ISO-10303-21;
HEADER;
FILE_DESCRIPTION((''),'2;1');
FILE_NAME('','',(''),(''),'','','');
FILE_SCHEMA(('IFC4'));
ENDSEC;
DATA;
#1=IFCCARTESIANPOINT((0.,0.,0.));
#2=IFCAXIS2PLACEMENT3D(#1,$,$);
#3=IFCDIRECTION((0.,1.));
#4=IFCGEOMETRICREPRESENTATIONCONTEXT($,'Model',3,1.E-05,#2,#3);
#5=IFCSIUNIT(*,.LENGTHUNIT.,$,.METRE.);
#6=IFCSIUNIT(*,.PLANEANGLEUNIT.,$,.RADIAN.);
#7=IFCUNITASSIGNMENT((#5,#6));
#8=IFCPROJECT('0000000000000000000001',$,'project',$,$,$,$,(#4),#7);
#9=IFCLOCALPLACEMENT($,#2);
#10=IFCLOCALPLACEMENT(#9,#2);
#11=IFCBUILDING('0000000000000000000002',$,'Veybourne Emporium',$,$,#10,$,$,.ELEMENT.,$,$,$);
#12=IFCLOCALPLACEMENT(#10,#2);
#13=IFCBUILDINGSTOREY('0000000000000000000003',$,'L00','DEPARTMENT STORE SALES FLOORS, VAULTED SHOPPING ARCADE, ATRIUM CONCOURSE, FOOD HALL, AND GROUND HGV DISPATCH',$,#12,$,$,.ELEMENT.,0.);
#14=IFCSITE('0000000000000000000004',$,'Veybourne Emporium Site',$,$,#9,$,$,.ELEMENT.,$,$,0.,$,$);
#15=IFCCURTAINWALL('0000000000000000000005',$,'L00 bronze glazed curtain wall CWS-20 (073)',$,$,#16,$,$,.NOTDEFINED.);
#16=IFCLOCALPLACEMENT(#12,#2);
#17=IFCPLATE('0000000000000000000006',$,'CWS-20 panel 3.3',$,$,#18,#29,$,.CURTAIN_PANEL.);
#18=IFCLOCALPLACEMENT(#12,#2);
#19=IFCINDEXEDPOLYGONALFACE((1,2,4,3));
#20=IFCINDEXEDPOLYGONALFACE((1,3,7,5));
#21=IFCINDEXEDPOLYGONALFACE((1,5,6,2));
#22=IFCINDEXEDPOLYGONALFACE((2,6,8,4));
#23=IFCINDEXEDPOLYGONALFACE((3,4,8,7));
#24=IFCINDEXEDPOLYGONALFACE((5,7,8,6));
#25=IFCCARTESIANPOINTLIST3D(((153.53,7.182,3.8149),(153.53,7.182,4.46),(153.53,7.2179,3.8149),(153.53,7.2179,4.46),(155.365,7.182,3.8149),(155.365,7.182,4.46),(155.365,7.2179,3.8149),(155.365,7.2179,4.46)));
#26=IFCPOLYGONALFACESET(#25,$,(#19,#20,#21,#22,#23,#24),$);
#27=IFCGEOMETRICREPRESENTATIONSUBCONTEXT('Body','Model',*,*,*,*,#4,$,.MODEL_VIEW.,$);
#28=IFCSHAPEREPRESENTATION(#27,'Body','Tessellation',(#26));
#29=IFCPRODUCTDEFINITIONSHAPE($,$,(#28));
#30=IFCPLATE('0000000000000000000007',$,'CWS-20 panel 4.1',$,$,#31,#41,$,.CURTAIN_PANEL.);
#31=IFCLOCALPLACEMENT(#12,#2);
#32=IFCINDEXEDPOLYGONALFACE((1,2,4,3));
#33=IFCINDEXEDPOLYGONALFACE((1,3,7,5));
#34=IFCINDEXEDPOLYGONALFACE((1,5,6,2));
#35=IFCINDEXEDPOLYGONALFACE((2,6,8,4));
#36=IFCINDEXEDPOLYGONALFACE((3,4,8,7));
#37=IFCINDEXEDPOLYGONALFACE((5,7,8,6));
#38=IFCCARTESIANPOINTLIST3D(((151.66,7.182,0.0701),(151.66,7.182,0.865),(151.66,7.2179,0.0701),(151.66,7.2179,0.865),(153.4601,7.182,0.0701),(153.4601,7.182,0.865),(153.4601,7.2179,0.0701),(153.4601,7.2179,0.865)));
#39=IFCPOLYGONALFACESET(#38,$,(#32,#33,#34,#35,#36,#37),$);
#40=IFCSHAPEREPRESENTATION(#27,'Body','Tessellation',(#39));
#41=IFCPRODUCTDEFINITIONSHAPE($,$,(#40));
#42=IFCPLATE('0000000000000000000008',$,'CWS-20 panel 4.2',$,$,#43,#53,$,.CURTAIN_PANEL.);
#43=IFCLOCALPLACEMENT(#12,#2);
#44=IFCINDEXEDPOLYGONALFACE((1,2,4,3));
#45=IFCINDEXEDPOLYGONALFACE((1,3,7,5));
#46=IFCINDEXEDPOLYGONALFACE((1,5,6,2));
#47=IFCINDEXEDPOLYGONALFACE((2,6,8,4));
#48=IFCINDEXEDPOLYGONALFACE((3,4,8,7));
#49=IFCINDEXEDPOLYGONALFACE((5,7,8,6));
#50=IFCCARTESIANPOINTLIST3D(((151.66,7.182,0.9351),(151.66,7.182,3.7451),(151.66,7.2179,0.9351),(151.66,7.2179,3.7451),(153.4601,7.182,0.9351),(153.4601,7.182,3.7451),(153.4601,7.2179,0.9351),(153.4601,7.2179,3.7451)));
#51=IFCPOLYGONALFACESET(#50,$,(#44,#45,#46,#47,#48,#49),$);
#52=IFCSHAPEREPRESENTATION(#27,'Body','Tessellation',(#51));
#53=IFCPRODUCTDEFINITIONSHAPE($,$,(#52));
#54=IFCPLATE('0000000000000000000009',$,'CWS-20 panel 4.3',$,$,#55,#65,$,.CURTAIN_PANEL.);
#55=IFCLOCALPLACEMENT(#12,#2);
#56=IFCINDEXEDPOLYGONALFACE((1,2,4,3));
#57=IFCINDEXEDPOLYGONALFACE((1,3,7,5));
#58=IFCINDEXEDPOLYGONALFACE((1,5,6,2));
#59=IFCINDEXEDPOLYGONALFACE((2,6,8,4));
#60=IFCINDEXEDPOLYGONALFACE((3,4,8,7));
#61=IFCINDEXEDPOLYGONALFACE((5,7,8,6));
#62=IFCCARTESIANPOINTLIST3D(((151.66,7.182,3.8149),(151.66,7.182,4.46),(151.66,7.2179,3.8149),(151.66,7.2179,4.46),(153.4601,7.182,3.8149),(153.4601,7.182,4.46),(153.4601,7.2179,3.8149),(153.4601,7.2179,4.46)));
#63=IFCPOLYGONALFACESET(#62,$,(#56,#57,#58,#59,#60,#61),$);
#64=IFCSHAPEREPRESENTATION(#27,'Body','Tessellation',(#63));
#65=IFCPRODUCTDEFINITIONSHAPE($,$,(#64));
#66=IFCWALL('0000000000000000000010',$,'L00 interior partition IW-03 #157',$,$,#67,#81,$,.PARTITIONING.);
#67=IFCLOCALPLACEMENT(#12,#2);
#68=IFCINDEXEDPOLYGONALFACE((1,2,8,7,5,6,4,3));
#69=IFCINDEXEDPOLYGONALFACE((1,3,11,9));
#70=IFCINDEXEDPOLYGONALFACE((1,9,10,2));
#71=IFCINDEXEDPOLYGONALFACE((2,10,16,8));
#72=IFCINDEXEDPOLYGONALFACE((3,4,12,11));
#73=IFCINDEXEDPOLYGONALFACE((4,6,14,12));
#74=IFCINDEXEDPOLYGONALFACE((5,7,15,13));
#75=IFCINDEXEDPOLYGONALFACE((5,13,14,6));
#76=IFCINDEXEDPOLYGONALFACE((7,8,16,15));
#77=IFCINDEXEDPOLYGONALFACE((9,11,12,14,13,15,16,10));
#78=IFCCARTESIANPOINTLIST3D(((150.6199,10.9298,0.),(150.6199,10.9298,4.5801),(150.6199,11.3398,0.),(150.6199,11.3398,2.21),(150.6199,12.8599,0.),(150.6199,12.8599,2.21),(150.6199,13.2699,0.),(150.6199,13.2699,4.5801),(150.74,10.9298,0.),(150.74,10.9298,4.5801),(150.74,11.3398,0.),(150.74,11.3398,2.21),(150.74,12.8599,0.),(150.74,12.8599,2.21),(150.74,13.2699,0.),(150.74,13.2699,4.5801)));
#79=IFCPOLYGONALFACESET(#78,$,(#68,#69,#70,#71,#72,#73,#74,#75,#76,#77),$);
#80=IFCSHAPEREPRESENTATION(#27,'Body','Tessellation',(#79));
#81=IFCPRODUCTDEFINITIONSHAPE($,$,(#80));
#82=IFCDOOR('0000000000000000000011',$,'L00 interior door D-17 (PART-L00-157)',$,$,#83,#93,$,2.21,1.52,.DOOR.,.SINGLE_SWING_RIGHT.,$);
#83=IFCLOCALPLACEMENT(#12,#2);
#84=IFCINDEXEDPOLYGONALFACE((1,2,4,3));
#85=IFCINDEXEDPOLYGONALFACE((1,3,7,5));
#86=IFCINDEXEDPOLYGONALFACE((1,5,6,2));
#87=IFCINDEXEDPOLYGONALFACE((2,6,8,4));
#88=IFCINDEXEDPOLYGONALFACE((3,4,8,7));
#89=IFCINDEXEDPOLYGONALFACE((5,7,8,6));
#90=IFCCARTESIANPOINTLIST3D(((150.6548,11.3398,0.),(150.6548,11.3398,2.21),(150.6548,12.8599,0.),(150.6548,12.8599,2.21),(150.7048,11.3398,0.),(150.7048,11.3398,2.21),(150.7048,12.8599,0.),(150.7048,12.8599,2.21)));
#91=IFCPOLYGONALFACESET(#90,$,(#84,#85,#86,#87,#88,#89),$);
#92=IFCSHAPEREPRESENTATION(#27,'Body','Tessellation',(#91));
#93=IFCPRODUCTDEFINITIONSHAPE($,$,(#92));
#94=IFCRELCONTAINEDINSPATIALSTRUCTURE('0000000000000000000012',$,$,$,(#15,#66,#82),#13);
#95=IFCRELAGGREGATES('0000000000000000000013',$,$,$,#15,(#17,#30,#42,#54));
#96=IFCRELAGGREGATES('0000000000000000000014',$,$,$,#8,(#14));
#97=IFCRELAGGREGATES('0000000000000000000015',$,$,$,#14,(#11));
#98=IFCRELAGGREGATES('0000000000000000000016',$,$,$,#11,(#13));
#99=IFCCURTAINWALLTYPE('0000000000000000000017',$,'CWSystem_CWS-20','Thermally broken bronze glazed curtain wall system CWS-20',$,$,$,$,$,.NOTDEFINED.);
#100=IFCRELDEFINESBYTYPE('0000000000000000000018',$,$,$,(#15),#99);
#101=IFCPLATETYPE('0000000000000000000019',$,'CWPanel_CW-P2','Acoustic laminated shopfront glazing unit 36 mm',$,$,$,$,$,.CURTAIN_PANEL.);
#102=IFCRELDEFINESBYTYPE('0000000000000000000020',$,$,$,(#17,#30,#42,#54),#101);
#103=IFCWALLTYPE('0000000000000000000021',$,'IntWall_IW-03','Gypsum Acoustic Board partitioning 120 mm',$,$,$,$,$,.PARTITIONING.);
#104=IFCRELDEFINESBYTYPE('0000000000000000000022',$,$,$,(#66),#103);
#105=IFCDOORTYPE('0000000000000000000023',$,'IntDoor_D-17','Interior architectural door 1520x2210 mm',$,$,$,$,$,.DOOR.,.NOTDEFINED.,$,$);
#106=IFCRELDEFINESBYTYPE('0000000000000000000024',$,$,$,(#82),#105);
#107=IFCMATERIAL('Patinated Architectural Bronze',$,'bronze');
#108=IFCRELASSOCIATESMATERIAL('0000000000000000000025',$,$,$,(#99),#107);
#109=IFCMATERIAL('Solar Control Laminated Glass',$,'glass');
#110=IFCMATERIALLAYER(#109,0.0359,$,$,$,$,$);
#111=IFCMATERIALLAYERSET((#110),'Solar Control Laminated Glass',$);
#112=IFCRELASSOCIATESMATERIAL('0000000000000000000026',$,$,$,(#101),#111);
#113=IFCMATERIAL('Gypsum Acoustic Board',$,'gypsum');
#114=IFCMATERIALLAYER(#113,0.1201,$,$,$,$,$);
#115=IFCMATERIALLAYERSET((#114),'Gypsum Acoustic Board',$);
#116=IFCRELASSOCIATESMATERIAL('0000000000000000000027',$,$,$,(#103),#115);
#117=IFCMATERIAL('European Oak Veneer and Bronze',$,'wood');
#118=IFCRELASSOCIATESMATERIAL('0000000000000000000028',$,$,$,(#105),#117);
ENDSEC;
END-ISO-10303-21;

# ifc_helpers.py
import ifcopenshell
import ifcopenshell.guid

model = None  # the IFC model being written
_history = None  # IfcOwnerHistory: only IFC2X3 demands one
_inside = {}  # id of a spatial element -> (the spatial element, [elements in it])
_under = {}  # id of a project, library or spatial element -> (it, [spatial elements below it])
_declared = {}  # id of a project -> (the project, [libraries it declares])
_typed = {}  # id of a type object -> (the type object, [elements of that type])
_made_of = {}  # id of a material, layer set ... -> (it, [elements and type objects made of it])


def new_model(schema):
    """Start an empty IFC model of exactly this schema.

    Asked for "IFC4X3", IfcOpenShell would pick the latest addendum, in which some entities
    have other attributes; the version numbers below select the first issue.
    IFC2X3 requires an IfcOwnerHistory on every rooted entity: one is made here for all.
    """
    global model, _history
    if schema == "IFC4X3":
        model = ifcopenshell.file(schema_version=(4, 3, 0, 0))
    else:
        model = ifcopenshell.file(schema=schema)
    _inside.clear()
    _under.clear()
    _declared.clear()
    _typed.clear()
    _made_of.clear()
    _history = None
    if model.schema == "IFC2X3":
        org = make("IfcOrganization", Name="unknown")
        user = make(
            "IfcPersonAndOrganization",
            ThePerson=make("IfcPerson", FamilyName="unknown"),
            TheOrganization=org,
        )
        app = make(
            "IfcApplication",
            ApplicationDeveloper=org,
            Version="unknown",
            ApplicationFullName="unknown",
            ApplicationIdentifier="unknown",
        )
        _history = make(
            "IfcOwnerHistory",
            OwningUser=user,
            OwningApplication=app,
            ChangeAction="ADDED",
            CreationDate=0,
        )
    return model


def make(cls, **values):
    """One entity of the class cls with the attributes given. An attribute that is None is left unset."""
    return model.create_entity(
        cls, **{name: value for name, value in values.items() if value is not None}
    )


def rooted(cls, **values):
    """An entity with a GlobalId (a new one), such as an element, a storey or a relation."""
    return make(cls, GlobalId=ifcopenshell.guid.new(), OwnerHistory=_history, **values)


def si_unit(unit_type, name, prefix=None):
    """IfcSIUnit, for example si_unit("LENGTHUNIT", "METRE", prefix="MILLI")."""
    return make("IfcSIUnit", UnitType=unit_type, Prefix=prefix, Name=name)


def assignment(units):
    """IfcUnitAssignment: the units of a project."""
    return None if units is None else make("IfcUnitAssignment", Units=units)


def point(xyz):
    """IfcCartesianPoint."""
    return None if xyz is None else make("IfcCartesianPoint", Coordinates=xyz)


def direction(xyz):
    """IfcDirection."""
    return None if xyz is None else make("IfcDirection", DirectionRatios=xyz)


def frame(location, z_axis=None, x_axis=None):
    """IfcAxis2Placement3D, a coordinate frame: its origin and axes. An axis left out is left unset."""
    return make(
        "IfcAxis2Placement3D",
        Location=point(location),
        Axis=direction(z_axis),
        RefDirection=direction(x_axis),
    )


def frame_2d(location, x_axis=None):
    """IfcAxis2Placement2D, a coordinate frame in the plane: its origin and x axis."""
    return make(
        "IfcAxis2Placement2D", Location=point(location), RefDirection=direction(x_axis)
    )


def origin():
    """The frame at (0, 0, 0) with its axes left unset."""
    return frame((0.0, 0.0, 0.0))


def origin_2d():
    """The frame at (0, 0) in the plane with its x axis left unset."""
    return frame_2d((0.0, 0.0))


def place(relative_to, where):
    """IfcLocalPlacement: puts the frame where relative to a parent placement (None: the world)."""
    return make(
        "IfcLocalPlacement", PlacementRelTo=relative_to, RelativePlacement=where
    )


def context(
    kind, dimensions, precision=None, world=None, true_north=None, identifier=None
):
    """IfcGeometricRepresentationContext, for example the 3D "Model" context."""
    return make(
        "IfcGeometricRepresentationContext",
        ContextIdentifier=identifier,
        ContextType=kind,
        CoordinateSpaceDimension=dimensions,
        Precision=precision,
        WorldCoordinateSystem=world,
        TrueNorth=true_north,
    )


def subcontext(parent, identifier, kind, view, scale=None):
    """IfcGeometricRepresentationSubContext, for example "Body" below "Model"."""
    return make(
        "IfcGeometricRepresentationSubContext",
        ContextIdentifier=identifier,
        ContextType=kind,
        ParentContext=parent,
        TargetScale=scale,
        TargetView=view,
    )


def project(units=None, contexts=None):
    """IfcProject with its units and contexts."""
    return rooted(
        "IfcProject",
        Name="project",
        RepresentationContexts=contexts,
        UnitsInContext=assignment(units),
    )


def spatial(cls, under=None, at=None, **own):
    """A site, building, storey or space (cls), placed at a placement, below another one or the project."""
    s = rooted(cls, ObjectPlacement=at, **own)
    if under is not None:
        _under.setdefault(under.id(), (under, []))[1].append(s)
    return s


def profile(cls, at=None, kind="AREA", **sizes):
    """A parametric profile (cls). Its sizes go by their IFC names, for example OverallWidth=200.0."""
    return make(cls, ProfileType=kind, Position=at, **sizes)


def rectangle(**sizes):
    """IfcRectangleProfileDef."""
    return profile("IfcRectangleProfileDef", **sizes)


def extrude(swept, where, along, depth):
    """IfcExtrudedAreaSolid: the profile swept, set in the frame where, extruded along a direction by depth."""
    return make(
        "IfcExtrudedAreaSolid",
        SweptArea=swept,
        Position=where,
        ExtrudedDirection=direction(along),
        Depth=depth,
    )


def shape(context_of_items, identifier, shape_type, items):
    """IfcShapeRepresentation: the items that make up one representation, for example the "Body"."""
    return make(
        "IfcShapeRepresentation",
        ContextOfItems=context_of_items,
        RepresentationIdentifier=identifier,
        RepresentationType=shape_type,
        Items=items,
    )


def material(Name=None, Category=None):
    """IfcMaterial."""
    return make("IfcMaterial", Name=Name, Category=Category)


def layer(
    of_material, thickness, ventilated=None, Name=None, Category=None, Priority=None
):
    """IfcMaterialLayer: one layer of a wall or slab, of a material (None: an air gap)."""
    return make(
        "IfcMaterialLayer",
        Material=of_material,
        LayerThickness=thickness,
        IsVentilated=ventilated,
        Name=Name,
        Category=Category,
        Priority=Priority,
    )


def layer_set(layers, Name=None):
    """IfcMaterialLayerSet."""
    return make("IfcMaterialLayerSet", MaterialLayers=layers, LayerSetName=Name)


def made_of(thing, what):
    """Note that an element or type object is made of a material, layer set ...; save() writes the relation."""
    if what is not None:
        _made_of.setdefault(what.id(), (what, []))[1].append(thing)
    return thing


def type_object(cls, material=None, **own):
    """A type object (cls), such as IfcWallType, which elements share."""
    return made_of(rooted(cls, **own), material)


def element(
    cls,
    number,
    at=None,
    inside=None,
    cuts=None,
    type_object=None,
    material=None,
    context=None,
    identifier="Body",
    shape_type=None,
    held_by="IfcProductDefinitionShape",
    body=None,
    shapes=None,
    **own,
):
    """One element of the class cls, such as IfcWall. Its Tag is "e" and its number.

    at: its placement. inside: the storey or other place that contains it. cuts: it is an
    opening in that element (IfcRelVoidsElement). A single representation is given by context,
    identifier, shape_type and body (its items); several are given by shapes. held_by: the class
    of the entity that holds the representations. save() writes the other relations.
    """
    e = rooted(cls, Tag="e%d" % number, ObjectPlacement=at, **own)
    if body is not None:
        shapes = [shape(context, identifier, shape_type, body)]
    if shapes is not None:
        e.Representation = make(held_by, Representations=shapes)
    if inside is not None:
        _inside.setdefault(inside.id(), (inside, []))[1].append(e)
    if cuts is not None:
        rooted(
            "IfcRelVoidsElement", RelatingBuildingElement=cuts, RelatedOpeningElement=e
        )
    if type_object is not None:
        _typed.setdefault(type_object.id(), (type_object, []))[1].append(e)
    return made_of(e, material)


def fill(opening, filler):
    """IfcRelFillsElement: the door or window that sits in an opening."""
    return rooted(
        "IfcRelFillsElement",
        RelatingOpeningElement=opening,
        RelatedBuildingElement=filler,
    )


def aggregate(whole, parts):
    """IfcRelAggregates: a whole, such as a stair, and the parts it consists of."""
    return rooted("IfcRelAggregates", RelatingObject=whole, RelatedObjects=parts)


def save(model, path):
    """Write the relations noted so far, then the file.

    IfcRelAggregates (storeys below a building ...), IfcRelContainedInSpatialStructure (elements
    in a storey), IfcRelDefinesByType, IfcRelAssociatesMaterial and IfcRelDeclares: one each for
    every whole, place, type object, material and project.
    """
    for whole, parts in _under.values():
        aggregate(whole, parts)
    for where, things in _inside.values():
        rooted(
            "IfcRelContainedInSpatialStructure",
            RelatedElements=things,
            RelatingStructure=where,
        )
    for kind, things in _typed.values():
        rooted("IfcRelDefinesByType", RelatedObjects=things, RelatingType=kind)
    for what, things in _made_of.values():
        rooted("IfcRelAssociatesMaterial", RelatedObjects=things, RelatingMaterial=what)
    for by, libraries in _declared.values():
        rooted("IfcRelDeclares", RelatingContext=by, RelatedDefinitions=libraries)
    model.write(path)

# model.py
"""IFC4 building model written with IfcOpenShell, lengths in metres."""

from ifc_helpers import new_model, si_unit, direction, frame, frame_2d, origin, origin_2d, place, context, subcontext, project, spatial, rectangle, extrude, material, layer, layer_set, type_object, element, fill, aggregate, save


model = new_model("IFC4")

# Units and contexts
model_context = context("Model", 3, precision=1e-05, world=origin(), true_north=direction((0.0, 1.0)))
body_context = subcontext(model_context, "Body", "Model", "MODEL_VIEW")
ifc_project = project(units=[si_unit("LENGTHUNIT", "METRE"), si_unit("PLANEANGLEUNIT", "RADIAN")], contexts=[model_context])

# Site, building, storey
site_placement = place(None, origin())
site = spatial("IfcSite", under=ifc_project, at=site_placement, Name="Veybourne Emporium Site", CompositionType="ELEMENT", RefElevation=0.0)
building_placement = place(site_placement, origin())
building = spatial("IfcBuilding", under=site, at=building_placement, Name="Veybourne Emporium", CompositionType="ELEMENT")
storey_placement = place(building_placement, origin())
storey = spatial("IfcBuildingStorey", under=building, at=storey_placement, Name="L00", Description="DEPARTMENT STORE SALES FLOORS, VAULTED SHOPPING ARCADE, ATRIUM CONCOURSE, FOOD HALL, AND GROUND HGV DISPATCH", CompositionType="ELEMENT", Elevation=0.0)

# Curtain wall
ifc_material_1 = material(Name="Patinated Architectural Bronze", Category="bronze")
curtain_wall_type_1 = type_object("IfcCurtainWallType", Name="CWSystem_CWS-20", Description="Thermally broken bronze glazed curtain wall system CWS-20", PredefinedType="NOTDEFINED", material=ifc_material_1)
curtain_wall_1_placement = place(storey_placement, origin())
curtain_wall_1 = element("IfcCurtainWall", 1, at=curtain_wall_1_placement, inside=storey, type_object=curtain_wall_type_1, Name="L00 bronze glazed curtain wall CWS-20 (073)", PredefinedType="NOTDEFINED")

# Plates
ifc_material_2 = material(Name="Solar Control Laminated Glass", Category="glass")
ifc_layer_1 = layer(ifc_material_2, 0.0359)
ifc_layer_set_1 = layer_set([ifc_layer_1], Name="Solar Control Laminated Glass")
plate_type = type_object("IfcPlateType", Name="CWPanel_CW-P2", Description="Acoustic laminated shopfront glazing unit 36 mm", PredefinedType="CURTAIN_PANEL", material=ifc_layer_set_1)
plate_1_placement = place(storey_placement, frame((154.4475, 7.2, 3.8149), z_axis=(0.0, 0.0, 1.0), x_axis=(-1.0, 0.0, 0.0)))
plate_1 = element("IfcPlate", 2, at=plate_1_placement, type_object=plate_type, Name="CWS-20 panel 3.3", PredefinedType="CURTAIN_PANEL", context=body_context, shape_type="SweptSolid", body=[
    extrude(rectangle(XDim=1.835, YDim=0.0359, at=origin_2d()), origin(), (0.0, 0.0, 1.0), 0.645),
])
plate_2_placement = place(storey_placement, frame((152.5601, 7.2, 0.0701), z_axis=(0.0, 0.0, 1.0), x_axis=(-1.0, 0.0, 0.0)))
plate_2 = element("IfcPlate", 3, at=plate_2_placement, type_object=plate_type, Name="CWS-20 panel 4.1", PredefinedType="CURTAIN_PANEL", context=body_context, shape_type="SweptSolid", body=[
    extrude(rectangle(XDim=1.8, YDim=0.0359, at=origin_2d()), origin(), (0.0, 0.0, 1.0), 0.7949),
])
plate_3_placement = place(storey_placement, frame((152.5601, 7.2, 0.9351), z_axis=(0.0, 0.0, 1.0), x_axis=(-1.0, 0.0, 0.0)))
plate_3 = element("IfcPlate", 4, at=plate_3_placement, type_object=plate_type, Name="CWS-20 panel 4.2", PredefinedType="CURTAIN_PANEL", context=body_context, shape_type="SweptSolid", body=[
    extrude(rectangle(XDim=1.8, YDim=0.0359, at=origin_2d()), origin(), (0.0, 0.0, 1.0), 2.8101),
])
plate_4_placement = place(storey_placement, frame((152.5601, 7.2, 3.8149), z_axis=(0.0, 0.0, 1.0), x_axis=(-1.0, 0.0, 0.0)))
plate_4 = element("IfcPlate", 5, at=plate_4_placement, type_object=plate_type, Name="CWS-20 panel 4.3", PredefinedType="CURTAIN_PANEL", context=body_context, shape_type="SweptSolid", body=[
    extrude(rectangle(XDim=1.8, YDim=0.0359, at=origin_2d()), origin(), (0.0, 0.0, 1.0), 0.645),
])
aggregate(curtain_wall_1, [plate_1, plate_2, plate_3, plate_4])

# Wall, opening, door
ifc_material_3 = material(Name="Gypsum Acoustic Board", Category="gypsum")
ifc_layer_2 = layer(ifc_material_3, 0.1201)
ifc_layer_set_2 = layer_set([ifc_layer_2], Name="Gypsum Acoustic Board")
wall_type = type_object("IfcWallType", Name="IntWall_IW-03", Description="Gypsum Acoustic Board partitioning 120 mm", PredefinedType="PARTITIONING", material=ifc_layer_set_2)
wall_placement = place(storey_placement, frame((150.6799, 10.9299, 0.0), z_axis=(0.0, 0.0, 1.0), x_axis=(0.0, 1.0, 0.0)))
wall = element("IfcWall", 6, at=wall_placement, inside=storey, type_object=wall_type, Name="L00 interior partition IW-03 #157", PredefinedType="PARTITIONING", context=body_context, shape_type="SweptSolid", body=[
    extrude(rectangle(XDim=2.3401, YDim=0.1201, at=frame_2d((1.1699, 0.0))), origin(), (0.0, 0.0, 1.0), 4.5801),
])
opening_placement = place(wall_placement, frame((0.4099, 0.0, 0.0)))
opening = element("IfcOpeningElement", 7, at=opening_placement, cuts=wall, PredefinedType="OPENING", context=body_context, shape_type="SweptSolid", body=[
    extrude(rectangle(XDim=1.52, YDim=2.21, at=frame_2d((0.76, 1.105))), frame((0.0, 0.0801, 0.0), z_axis=(0.0, -1.0, 0.0), x_axis=(1.0, 0.0, 0.0)), (0.0, 0.0, 1.0), 0.1602),
])
ifc_material_4 = material(Name="European Oak Veneer and Bronze", Category="wood")
door_type = type_object("IfcDoorType", Name="IntDoor_D-17", Description="Interior architectural door 1520x2210 mm", OperationType="NOTDEFINED", PredefinedType="DOOR", material=ifc_material_4)
door_placement = place(opening_placement, frame((1.52, 0.0, 0.0), z_axis=(0.0, 0.0, 1.0), x_axis=(-1.0, 0.0, 0.0)))
door = element("IfcDoor", 8, at=door_placement, inside=storey, type_object=door_type, Name="L00 interior door D-17 (PART-L00-157)", OperationType="SINGLE_SWING_RIGHT", OverallHeight=2.21, OverallWidth=1.52, PredefinedType="DOOR", context=body_context, shape_type="SweptSolid", body=[
    extrude(rectangle(XDim=1.52, YDim=2.21, at=frame_2d((0.76, 1.105))), frame((0.0, 0.0249, 0.0), z_axis=(0.0, -1.0, 0.0), x_axis=(1.0, 0.0, 0.0)), (0.0, 0.0, 1.0), 0.05),
])
fill(opening, door)

save(model, "model.ifc")
